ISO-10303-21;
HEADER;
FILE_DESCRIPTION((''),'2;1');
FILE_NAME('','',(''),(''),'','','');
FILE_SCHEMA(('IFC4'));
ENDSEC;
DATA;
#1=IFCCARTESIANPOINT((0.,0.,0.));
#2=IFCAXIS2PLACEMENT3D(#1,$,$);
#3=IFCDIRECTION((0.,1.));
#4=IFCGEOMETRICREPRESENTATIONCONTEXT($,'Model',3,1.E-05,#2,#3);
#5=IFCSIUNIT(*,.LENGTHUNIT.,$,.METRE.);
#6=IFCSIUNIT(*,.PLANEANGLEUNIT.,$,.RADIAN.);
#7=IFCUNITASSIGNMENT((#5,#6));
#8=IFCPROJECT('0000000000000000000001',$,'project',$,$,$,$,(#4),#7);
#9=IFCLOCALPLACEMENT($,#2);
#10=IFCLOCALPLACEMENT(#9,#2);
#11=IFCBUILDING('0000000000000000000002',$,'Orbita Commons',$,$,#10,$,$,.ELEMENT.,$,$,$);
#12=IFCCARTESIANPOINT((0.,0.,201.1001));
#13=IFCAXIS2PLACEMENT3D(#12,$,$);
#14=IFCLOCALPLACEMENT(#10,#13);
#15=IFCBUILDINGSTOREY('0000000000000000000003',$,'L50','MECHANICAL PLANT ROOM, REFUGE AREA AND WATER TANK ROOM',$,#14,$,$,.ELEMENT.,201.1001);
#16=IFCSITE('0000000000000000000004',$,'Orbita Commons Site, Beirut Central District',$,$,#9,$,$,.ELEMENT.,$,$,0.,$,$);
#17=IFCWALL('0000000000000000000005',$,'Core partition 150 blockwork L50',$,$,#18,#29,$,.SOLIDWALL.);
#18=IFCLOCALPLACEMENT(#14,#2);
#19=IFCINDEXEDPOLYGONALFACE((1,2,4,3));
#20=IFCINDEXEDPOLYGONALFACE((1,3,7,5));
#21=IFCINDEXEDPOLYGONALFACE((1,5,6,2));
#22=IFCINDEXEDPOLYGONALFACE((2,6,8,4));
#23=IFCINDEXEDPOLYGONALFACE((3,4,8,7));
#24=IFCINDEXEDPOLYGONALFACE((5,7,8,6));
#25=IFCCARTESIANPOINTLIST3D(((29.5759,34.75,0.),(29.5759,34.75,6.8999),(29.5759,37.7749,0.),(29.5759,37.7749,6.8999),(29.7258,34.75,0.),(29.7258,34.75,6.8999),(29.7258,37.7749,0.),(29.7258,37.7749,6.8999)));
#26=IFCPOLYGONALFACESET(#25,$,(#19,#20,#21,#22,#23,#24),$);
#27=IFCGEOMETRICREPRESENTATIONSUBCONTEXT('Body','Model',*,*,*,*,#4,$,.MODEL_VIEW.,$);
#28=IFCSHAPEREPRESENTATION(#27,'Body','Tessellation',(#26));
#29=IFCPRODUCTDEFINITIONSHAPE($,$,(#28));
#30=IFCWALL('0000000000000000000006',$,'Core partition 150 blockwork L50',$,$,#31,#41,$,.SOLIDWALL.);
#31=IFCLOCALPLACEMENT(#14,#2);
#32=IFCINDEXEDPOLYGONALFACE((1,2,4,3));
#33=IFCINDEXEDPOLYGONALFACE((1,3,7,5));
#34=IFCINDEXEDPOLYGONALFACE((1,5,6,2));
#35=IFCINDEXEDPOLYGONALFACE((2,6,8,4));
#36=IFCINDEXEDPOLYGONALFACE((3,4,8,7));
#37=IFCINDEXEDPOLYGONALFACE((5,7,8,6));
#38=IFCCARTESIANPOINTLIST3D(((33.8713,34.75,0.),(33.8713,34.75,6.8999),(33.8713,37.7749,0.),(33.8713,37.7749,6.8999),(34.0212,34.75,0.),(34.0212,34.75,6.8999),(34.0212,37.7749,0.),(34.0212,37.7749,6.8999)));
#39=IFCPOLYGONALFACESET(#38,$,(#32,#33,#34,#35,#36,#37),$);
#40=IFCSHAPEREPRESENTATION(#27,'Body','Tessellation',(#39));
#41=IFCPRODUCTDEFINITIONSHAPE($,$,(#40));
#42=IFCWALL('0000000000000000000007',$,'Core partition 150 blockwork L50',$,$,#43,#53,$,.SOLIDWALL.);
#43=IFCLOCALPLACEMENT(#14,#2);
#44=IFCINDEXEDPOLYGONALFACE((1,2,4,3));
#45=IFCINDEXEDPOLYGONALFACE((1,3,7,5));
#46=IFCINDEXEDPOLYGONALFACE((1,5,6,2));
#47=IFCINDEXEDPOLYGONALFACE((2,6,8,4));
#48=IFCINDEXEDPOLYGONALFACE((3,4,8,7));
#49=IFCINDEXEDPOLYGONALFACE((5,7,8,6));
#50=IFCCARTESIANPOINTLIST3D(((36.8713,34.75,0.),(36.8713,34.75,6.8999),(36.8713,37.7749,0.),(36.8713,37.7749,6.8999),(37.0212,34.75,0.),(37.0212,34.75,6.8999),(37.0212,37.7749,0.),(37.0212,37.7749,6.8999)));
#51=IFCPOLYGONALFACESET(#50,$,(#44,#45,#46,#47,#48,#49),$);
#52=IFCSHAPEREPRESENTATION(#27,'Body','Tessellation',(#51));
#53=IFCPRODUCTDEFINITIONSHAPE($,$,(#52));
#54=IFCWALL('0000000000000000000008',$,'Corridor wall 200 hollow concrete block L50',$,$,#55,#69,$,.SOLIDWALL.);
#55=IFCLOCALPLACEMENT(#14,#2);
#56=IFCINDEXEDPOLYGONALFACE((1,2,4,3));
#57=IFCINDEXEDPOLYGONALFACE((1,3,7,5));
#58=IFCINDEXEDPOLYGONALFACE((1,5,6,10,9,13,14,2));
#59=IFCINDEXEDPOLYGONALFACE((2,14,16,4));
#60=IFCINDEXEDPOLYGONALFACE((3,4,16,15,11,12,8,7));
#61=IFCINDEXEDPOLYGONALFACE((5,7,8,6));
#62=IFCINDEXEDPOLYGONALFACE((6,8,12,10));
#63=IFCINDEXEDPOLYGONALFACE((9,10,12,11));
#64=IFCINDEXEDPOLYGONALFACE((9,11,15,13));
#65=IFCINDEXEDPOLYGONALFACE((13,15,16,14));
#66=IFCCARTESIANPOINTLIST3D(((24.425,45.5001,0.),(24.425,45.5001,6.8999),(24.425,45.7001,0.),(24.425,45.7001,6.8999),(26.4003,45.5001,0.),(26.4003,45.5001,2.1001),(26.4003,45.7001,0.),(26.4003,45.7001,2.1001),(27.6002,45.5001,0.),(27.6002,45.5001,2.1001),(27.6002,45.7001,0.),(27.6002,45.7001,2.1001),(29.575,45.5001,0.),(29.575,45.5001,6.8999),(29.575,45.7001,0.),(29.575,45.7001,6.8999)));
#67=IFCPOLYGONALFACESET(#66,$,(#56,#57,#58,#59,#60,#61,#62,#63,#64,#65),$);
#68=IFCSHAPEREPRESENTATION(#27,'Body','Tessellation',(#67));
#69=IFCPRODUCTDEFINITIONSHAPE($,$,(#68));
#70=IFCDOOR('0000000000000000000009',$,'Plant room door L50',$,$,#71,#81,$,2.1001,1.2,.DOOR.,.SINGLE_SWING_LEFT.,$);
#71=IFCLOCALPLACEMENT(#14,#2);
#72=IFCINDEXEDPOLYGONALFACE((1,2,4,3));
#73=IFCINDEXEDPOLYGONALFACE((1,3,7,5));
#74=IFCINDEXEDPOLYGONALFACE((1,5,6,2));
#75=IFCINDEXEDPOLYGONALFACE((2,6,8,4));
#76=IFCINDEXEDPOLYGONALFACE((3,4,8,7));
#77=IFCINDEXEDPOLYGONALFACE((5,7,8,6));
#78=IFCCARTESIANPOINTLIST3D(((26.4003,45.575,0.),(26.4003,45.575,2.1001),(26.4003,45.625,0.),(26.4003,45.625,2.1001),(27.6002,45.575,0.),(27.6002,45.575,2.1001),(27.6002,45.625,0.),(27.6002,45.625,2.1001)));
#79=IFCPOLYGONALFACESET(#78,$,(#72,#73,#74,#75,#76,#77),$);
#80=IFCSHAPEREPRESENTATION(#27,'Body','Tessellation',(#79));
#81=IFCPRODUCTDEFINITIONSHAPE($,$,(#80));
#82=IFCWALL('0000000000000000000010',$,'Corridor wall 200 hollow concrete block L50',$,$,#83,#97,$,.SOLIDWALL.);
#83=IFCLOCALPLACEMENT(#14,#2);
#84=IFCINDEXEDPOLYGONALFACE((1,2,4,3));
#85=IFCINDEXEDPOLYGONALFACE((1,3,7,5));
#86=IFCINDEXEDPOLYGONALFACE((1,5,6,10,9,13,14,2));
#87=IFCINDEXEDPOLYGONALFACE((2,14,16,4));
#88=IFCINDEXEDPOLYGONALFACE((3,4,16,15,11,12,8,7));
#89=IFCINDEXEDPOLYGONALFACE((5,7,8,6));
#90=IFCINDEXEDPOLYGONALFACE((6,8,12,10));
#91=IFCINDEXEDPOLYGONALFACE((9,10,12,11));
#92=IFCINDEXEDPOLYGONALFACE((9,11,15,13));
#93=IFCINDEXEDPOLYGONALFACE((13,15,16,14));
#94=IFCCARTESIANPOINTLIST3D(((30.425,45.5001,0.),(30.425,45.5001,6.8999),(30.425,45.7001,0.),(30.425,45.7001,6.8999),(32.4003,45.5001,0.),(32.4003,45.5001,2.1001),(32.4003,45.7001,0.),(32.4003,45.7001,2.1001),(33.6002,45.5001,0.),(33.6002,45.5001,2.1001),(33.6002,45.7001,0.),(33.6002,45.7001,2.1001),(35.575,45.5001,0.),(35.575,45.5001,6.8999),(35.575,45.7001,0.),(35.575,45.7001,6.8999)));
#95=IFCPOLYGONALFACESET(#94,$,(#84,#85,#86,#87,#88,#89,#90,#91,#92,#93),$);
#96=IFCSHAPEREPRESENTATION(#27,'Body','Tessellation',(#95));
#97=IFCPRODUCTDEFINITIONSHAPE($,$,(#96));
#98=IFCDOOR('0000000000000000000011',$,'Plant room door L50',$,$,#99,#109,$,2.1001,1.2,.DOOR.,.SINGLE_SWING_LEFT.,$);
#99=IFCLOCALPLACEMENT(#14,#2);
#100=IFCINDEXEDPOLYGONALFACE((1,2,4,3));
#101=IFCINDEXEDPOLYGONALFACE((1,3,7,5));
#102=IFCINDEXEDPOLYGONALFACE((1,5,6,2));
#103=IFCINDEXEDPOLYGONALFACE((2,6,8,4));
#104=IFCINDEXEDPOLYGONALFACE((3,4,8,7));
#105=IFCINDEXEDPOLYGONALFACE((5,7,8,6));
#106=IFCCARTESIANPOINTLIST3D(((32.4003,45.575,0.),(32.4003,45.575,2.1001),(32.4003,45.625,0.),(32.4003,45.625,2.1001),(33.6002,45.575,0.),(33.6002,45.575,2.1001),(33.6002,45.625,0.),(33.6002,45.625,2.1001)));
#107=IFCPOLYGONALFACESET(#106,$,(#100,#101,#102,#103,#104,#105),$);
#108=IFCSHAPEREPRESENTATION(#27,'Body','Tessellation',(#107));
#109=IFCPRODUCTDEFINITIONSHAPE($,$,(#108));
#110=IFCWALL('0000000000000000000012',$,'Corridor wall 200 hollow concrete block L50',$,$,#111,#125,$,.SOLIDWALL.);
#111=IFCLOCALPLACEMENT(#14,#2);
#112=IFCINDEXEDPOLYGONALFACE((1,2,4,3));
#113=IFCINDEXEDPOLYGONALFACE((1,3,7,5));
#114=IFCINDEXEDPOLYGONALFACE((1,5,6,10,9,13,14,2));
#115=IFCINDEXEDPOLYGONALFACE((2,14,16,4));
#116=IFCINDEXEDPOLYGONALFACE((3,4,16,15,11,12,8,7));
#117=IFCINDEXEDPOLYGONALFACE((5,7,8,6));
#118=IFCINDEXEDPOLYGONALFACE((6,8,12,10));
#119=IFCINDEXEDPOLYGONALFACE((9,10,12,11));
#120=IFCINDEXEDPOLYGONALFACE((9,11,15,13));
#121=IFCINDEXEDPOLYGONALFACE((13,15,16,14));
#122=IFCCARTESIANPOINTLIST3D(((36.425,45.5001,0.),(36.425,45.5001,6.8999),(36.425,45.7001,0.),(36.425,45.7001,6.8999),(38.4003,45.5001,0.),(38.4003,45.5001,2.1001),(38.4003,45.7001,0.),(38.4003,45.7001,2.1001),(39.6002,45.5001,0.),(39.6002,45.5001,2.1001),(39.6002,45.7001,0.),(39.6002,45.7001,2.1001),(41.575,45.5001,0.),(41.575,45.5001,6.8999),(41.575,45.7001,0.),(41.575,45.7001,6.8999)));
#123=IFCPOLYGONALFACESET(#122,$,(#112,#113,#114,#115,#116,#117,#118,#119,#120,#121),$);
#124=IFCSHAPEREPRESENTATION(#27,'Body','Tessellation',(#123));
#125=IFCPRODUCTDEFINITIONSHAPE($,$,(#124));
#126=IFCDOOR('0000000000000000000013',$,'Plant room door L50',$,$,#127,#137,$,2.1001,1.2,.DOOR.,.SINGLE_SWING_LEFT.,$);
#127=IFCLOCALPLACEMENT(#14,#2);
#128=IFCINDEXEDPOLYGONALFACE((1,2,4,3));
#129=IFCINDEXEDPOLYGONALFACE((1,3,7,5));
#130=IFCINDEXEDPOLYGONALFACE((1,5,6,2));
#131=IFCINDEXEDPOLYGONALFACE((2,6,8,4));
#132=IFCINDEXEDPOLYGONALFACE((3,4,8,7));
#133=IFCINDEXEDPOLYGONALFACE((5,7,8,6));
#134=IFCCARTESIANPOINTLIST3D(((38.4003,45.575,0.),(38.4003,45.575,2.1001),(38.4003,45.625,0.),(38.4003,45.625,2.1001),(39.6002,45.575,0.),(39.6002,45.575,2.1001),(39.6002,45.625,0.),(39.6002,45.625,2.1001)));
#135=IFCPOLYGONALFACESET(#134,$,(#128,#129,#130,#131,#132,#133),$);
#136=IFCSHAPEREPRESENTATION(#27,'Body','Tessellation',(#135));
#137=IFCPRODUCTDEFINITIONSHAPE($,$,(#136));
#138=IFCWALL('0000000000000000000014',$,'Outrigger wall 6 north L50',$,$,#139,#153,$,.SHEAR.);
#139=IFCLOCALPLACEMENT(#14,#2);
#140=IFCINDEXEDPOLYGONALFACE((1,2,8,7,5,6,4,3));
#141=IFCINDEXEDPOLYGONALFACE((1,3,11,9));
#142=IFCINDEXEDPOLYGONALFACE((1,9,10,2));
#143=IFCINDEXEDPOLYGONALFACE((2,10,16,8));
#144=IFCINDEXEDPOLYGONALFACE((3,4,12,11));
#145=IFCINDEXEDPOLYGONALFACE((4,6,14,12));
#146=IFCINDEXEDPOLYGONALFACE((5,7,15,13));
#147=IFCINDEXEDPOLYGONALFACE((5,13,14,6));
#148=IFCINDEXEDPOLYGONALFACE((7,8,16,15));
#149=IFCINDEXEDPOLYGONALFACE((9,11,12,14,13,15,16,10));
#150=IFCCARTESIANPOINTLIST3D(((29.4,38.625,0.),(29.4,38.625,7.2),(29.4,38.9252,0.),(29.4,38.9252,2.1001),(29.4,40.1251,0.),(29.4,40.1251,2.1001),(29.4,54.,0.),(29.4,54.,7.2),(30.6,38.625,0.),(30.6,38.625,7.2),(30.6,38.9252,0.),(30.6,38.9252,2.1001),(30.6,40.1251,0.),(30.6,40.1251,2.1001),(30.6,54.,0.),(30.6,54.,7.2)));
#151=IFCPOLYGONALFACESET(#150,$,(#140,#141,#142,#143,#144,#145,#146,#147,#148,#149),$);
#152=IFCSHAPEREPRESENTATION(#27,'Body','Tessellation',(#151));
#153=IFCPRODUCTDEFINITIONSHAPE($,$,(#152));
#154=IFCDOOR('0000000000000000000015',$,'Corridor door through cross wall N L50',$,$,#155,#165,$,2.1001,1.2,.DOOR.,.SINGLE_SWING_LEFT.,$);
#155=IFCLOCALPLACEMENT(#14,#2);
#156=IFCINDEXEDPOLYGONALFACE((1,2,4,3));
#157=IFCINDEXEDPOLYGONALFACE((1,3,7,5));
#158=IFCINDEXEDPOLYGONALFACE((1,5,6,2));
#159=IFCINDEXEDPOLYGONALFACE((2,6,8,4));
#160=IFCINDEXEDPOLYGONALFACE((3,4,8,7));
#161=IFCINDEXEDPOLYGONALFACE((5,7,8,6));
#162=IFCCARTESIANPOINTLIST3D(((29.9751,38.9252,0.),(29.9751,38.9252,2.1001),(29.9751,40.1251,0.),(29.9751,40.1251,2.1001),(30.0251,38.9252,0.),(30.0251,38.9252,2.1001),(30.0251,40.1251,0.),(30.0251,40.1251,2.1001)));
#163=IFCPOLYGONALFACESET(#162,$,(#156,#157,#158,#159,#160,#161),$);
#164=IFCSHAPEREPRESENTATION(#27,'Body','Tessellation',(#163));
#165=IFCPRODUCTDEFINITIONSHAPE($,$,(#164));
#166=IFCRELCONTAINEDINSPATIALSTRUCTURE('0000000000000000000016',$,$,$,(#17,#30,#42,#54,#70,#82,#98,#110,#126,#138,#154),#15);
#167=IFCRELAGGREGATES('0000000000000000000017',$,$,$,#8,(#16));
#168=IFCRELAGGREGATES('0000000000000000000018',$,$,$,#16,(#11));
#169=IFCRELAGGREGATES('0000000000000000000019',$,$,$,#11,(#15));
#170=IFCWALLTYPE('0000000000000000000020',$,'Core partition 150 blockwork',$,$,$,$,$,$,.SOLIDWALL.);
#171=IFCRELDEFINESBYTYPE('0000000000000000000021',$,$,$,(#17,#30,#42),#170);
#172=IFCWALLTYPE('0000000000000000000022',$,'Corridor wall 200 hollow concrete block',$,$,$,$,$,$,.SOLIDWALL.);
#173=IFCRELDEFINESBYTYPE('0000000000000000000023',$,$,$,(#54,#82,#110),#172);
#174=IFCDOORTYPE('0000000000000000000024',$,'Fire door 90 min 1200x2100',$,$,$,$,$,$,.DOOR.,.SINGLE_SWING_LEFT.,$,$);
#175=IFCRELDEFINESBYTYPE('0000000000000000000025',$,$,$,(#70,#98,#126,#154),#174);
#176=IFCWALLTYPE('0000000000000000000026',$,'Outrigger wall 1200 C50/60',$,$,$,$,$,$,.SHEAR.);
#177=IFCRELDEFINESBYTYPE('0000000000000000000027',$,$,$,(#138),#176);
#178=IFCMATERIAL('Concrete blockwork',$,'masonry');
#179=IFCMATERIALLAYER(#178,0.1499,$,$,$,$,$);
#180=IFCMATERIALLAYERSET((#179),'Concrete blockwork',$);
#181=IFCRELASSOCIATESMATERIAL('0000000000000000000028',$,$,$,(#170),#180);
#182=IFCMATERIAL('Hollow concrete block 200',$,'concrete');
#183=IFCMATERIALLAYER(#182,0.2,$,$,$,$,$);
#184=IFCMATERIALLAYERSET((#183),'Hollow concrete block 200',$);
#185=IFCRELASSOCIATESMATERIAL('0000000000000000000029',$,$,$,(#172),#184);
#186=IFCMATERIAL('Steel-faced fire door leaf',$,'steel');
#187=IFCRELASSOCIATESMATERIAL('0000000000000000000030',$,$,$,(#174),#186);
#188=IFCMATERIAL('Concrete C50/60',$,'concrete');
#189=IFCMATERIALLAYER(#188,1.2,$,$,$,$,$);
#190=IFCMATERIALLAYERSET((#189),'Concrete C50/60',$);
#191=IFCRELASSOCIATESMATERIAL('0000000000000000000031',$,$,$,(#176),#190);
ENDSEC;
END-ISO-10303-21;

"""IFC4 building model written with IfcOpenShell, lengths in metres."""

from ifc_helpers import new_model, si_unit, direction, frame, frame_2d, origin, place, context, subcontext, project, spatial, rectangle, extrude, material, layer, layer_set, type_object, element, fill, save


model = new_model("IFC4")

# Units and contexts
model_context = context("Model", 3, precision=1e-05, world=origin(), true_north=direction((0.0, 1.0)))
body_context = subcontext(model_context, "Body", "Model", "MODEL_VIEW")
ifc_project = project(units=[si_unit("LENGTHUNIT", "METRE"), si_unit("PLANEANGLEUNIT", "RADIAN")], contexts=[model_context])

# Site, building, storey
site_placement = place(None, origin())
site = spatial("IfcSite", under=ifc_project, at=site_placement, Name="Orbita Commons Site, Beirut Central District", CompositionType="ELEMENT", RefElevation=0.0)
building_placement = place(site_placement, origin())
building = spatial("IfcBuilding", under=site, at=building_placement, Name="Orbita Commons", CompositionType="ELEMENT")
storey_placement = place(building_placement, frame((0.0, 0.0, 201.1001)))
storey = spatial("IfcBuildingStorey", under=building, at=storey_placement, Name="L50", Description="MECHANICAL PLANT ROOM, REFUGE AREA AND WATER TANK ROOM", CompositionType="ELEMENT", Elevation=201.1001)

# Walls
ifc_material_1 = material(Name="Concrete blockwork", Category="masonry")
ifc_layer_1 = layer(ifc_material_1, 0.1499)
ifc_layer_set_1 = layer_set([ifc_layer_1], Name="Concrete blockwork")
wall_type_1 = type_object("IfcWallType", Name="Core partition 150 blockwork", PredefinedType="SOLIDWALL", material=ifc_layer_set_1)
for number, where, z_axis, x_axis, name in (
    (1, (29.6509, 34.75, 0.0), (0.0, 0.0, 1.0), (0.0, 1.0, 0.0), "Core partition 150 blockwork L50"),
    (2, (33.9463, 34.75, 0.0), (0.0, 0.0, 1.0), (0.0, 1.0, 0.0), "Core partition 150 blockwork L50"),
    (3, (36.9463, 34.75, 0.0), (0.0, 0.0, 1.0), (0.0, 1.0, 0.0), "Core partition 150 blockwork L50"),
):
    element("IfcWall", number, at=place(storey_placement, frame(where, z_axis=z_axis, x_axis=x_axis)), inside=storey, type_object=wall_type_1, Name=name, PredefinedType="SOLIDWALL", context=body_context, shape_type="SweptSolid", body=[
        extrude(rectangle(XDim=3.0249, YDim=0.1499, at=frame_2d((1.5125, 0.0))), origin(), (0.0, 0.0, 1.0), 6.8999),
    ])

# Walls, openings, doors
ifc_material_2 = material(Name="Hollow concrete block 200", Category="concrete")
ifc_layer_2 = layer(ifc_material_2, 0.2)
ifc_layer_set_2 = layer_set([ifc_layer_2], Name="Hollow concrete block 200")
wall_type_2 = type_object("IfcWallType", Name="Corridor wall 200 hollow concrete block", PredefinedType="SOLIDWALL", material=ifc_layer_set_2)
wall_1_placement = place(storey_placement, frame((24.425, 45.6001, 0.0), z_axis=(0.0, 0.0, 1.0), x_axis=(1.0, 0.0, 0.0)))
wall_1 = element("IfcWall", 4, at=wall_1_placement, inside=storey, type_object=wall_type_2, Name="Corridor wall 200 hollow concrete block L50", PredefinedType="SOLIDWALL", context=body_context, shape_type="SweptSolid", body=[
    extrude(rectangle(XDim=5.1499, YDim=0.2, at=frame_2d((2.575, 0.0))), origin(), (0.0, 0.0, 1.0), 6.8999),
])
opening_1_placement = place(wall_1_placement, frame((1.9751, 0.0, 0.0)))
opening_1 = element("IfcOpeningElement", 5, at=opening_1_placement, cuts=wall_1, PredefinedType="OPENING", context=body_context, shape_type="SweptSolid", body=[
    extrude(rectangle(XDim=1.2, YDim=2.1001, at=frame_2d((0.6001, 1.05))), frame((0.0, 0.1099, 0.0), z_axis=(0.0, -1.0, 0.0), x_axis=(1.0, 0.0, 0.0)), (0.0, 0.0, 1.0), 0.22),
])
ifc_material_3 = material(Name="Steel-faced fire door leaf", Category="steel")
door_type_1 = type_object("IfcDoorType", Name="Fire door 90 min 1200x2100", OperationType="SINGLE_SWING_LEFT", PredefinedType="DOOR", material=ifc_material_3)
door_1_placement = place(opening_1_placement, origin())
door_1 = element("IfcDoor", 6, at=door_1_placement, inside=storey, type_object=door_type_1, Name="Plant room door L50", OperationType="SINGLE_SWING_LEFT", OverallHeight=2.1001, OverallWidth=1.2, PredefinedType="DOOR", context=body_context, shape_type="SweptSolid", body=[
    extrude(rectangle(XDim=1.2, YDim=2.1001, at=frame_2d((0.6001, 1.05))), frame((0.0, 0.0249, 0.0), z_axis=(0.0, -1.0, 0.0), x_axis=(1.0, 0.0, 0.0)), (0.0, 0.0, 1.0), 0.05),
])
fill(opening_1, door_1)
wall_2_placement = place(storey_placement, frame((30.425, 45.6001, 0.0), z_axis=(0.0, 0.0, 1.0), x_axis=(1.0, 0.0, 0.0)))
wall_2 = element("IfcWall", 7, at=wall_2_placement, inside=storey, type_object=wall_type_2, Name="Corridor wall 200 hollow concrete block L50", PredefinedType="SOLIDWALL", context=body_context, shape_type="SweptSolid", body=[
    extrude(rectangle(XDim=5.1499, YDim=0.2, at=frame_2d((2.575, 0.0))), origin(), (0.0, 0.0, 1.0), 6.8999),
])
opening_2_placement = place(wall_2_placement, frame((1.9751, 0.0, 0.0)))
opening_2 = element("IfcOpeningElement", 8, at=opening_2_placement, cuts=wall_2, PredefinedType="OPENING", context=body_context, shape_type="SweptSolid", body=[
    extrude(rectangle(XDim=1.2, YDim=2.1001, at=frame_2d((0.6001, 1.05))), frame((0.0, 0.1099, 0.0), z_axis=(0.0, -1.0, 0.0), x_axis=(1.0, 0.0, 0.0)), (0.0, 0.0, 1.0), 0.22),
])
door_2_placement = place(opening_2_placement, origin())
door_2 = element("IfcDoor", 9, at=door_2_placement, inside=storey, type_object=door_type_1, Name="Plant room door L50", OperationType="SINGLE_SWING_LEFT", OverallHeight=2.1001, OverallWidth=1.2, PredefinedType="DOOR", context=body_context, shape_type="SweptSolid", body=[
    extrude(rectangle(XDim=1.2, YDim=2.1001, at=frame_2d((0.6001, 1.05))), frame((0.0, 0.0249, 0.0), z_axis=(0.0, -1.0, 0.0), x_axis=(1.0, 0.0, 0.0)), (0.0, 0.0, 1.0), 0.05),
])
fill(opening_2, door_2)
wall_3_placement = place(storey_placement, frame((36.425, 45.6001, 0.0), z_axis=(0.0, 0.0, 1.0), x_axis=(1.0, 0.0, 0.0)))
wall_3 = element("IfcWall", 10, at=wall_3_placement, inside=storey, type_object=wall_type_2, Name="Corridor wall 200 hollow concrete block L50", PredefinedType="SOLIDWALL", context=body_context, shape_type="SweptSolid", body=[
    extrude(rectangle(XDim=5.1499, YDim=0.2, at=frame_2d((2.575, 0.0))), origin(), (0.0, 0.0, 1.0), 6.8999),
])
opening_3_placement = place(wall_3_placement, frame((1.9751, 0.0, 0.0)))
opening_3 = element("IfcOpeningElement", 11, at=opening_3_placement, cuts=wall_3, PredefinedType="OPENING", context=body_context, shape_type="SweptSolid", body=[
    extrude(rectangle(XDim=1.2, YDim=2.1001, at=frame_2d((0.6001, 1.05))), frame((0.0, 0.1099, 0.0), z_axis=(0.0, -1.0, 0.0), x_axis=(1.0, 0.0, 0.0)), (0.0, 0.0, 1.0), 0.22),
])
door_3_placement = place(opening_3_placement, origin())
door_3 = element("IfcDoor", 12, at=door_3_placement, inside=storey, type_object=door_type_1, Name="Plant room door L50", OperationType="SINGLE_SWING_LEFT", OverallHeight=2.1001, OverallWidth=1.2, PredefinedType="DOOR", context=body_context, shape_type="SweptSolid", body=[
    extrude(rectangle(XDim=1.2, YDim=2.1001, at=frame_2d((0.6001, 1.05))), frame((0.0, 0.0249, 0.0), z_axis=(0.0, -1.0, 0.0), x_axis=(1.0, 0.0, 0.0)), (0.0, 0.0, 1.0), 0.05),
])
fill(opening_3, door_3)
ifc_material_4 = material(Name="Concrete C50/60", Category="concrete")
ifc_layer_3 = layer(ifc_material_4, 1.2)
ifc_layer_set_3 = layer_set([ifc_layer_3], Name="Concrete C50/60")
wall_type_3 = type_object("IfcWallType", Name="Outrigger wall 1200 C50/60", PredefinedType="SHEAR", material=ifc_layer_set_3)
wall_4_placement = place(storey_placement, frame((30.0, 38.625, 0.0), z_axis=(0.0, 0.0, 1.0), x_axis=(0.0, 1.0, 0.0)))
wall_4 = element("IfcWall", 13, at=wall_4_placement, inside=storey, type_object=wall_type_3, Name="Outrigger wall 6 north L50", PredefinedType="SHEAR", context=body_context, shape_type="SweptSolid", body=[
    extrude(rectangle(XDim=15.375, YDim=1.2, at=frame_2d((7.6875, 0.0))), origin(), (0.0, 0.0, 1.0), 7.2),
])
opening_4_placement = place(wall_4_placement, frame((0.3, 0.0, 0.0)))
opening_4 = element("IfcOpeningElement", 14, at=opening_4_placement, cuts=wall_4, PredefinedType="OPENING", context=body_context, shape_type="SweptSolid", body=[
    extrude(rectangle(XDim=1.2, YDim=2.1001, at=frame_2d((0.6001, 1.05))), frame((0.0, 0.6099, 0.0), z_axis=(0.0, -1.0, 0.0), x_axis=(1.0, 0.0, 0.0)), (0.0, 0.0, 1.0), 1.22),
])
door_4_placement = place(opening_4_placement, origin())
door_4 = element("IfcDoor", 15, at=door_4_placement, inside=storey, type_object=door_type_1, Name="Corridor door through cross wall N L50", OperationType="SINGLE_SWING_LEFT", OverallHeight=2.1001, OverallWidth=1.2, PredefinedType="DOOR", context=body_context, shape_type="SweptSolid", body=[
    extrude(rectangle(XDim=1.2, YDim=2.1001, at=frame_2d((0.6001, 1.05))), frame((0.0, 0.0249, 0.0), z_axis=(0.0, -1.0, 0.0), x_axis=(1.0, 0.0, 0.0)), (0.0, 0.0, 1.0), 0.05),
])
fill(opening_4, door_4)

save(model, "model.ifc")
